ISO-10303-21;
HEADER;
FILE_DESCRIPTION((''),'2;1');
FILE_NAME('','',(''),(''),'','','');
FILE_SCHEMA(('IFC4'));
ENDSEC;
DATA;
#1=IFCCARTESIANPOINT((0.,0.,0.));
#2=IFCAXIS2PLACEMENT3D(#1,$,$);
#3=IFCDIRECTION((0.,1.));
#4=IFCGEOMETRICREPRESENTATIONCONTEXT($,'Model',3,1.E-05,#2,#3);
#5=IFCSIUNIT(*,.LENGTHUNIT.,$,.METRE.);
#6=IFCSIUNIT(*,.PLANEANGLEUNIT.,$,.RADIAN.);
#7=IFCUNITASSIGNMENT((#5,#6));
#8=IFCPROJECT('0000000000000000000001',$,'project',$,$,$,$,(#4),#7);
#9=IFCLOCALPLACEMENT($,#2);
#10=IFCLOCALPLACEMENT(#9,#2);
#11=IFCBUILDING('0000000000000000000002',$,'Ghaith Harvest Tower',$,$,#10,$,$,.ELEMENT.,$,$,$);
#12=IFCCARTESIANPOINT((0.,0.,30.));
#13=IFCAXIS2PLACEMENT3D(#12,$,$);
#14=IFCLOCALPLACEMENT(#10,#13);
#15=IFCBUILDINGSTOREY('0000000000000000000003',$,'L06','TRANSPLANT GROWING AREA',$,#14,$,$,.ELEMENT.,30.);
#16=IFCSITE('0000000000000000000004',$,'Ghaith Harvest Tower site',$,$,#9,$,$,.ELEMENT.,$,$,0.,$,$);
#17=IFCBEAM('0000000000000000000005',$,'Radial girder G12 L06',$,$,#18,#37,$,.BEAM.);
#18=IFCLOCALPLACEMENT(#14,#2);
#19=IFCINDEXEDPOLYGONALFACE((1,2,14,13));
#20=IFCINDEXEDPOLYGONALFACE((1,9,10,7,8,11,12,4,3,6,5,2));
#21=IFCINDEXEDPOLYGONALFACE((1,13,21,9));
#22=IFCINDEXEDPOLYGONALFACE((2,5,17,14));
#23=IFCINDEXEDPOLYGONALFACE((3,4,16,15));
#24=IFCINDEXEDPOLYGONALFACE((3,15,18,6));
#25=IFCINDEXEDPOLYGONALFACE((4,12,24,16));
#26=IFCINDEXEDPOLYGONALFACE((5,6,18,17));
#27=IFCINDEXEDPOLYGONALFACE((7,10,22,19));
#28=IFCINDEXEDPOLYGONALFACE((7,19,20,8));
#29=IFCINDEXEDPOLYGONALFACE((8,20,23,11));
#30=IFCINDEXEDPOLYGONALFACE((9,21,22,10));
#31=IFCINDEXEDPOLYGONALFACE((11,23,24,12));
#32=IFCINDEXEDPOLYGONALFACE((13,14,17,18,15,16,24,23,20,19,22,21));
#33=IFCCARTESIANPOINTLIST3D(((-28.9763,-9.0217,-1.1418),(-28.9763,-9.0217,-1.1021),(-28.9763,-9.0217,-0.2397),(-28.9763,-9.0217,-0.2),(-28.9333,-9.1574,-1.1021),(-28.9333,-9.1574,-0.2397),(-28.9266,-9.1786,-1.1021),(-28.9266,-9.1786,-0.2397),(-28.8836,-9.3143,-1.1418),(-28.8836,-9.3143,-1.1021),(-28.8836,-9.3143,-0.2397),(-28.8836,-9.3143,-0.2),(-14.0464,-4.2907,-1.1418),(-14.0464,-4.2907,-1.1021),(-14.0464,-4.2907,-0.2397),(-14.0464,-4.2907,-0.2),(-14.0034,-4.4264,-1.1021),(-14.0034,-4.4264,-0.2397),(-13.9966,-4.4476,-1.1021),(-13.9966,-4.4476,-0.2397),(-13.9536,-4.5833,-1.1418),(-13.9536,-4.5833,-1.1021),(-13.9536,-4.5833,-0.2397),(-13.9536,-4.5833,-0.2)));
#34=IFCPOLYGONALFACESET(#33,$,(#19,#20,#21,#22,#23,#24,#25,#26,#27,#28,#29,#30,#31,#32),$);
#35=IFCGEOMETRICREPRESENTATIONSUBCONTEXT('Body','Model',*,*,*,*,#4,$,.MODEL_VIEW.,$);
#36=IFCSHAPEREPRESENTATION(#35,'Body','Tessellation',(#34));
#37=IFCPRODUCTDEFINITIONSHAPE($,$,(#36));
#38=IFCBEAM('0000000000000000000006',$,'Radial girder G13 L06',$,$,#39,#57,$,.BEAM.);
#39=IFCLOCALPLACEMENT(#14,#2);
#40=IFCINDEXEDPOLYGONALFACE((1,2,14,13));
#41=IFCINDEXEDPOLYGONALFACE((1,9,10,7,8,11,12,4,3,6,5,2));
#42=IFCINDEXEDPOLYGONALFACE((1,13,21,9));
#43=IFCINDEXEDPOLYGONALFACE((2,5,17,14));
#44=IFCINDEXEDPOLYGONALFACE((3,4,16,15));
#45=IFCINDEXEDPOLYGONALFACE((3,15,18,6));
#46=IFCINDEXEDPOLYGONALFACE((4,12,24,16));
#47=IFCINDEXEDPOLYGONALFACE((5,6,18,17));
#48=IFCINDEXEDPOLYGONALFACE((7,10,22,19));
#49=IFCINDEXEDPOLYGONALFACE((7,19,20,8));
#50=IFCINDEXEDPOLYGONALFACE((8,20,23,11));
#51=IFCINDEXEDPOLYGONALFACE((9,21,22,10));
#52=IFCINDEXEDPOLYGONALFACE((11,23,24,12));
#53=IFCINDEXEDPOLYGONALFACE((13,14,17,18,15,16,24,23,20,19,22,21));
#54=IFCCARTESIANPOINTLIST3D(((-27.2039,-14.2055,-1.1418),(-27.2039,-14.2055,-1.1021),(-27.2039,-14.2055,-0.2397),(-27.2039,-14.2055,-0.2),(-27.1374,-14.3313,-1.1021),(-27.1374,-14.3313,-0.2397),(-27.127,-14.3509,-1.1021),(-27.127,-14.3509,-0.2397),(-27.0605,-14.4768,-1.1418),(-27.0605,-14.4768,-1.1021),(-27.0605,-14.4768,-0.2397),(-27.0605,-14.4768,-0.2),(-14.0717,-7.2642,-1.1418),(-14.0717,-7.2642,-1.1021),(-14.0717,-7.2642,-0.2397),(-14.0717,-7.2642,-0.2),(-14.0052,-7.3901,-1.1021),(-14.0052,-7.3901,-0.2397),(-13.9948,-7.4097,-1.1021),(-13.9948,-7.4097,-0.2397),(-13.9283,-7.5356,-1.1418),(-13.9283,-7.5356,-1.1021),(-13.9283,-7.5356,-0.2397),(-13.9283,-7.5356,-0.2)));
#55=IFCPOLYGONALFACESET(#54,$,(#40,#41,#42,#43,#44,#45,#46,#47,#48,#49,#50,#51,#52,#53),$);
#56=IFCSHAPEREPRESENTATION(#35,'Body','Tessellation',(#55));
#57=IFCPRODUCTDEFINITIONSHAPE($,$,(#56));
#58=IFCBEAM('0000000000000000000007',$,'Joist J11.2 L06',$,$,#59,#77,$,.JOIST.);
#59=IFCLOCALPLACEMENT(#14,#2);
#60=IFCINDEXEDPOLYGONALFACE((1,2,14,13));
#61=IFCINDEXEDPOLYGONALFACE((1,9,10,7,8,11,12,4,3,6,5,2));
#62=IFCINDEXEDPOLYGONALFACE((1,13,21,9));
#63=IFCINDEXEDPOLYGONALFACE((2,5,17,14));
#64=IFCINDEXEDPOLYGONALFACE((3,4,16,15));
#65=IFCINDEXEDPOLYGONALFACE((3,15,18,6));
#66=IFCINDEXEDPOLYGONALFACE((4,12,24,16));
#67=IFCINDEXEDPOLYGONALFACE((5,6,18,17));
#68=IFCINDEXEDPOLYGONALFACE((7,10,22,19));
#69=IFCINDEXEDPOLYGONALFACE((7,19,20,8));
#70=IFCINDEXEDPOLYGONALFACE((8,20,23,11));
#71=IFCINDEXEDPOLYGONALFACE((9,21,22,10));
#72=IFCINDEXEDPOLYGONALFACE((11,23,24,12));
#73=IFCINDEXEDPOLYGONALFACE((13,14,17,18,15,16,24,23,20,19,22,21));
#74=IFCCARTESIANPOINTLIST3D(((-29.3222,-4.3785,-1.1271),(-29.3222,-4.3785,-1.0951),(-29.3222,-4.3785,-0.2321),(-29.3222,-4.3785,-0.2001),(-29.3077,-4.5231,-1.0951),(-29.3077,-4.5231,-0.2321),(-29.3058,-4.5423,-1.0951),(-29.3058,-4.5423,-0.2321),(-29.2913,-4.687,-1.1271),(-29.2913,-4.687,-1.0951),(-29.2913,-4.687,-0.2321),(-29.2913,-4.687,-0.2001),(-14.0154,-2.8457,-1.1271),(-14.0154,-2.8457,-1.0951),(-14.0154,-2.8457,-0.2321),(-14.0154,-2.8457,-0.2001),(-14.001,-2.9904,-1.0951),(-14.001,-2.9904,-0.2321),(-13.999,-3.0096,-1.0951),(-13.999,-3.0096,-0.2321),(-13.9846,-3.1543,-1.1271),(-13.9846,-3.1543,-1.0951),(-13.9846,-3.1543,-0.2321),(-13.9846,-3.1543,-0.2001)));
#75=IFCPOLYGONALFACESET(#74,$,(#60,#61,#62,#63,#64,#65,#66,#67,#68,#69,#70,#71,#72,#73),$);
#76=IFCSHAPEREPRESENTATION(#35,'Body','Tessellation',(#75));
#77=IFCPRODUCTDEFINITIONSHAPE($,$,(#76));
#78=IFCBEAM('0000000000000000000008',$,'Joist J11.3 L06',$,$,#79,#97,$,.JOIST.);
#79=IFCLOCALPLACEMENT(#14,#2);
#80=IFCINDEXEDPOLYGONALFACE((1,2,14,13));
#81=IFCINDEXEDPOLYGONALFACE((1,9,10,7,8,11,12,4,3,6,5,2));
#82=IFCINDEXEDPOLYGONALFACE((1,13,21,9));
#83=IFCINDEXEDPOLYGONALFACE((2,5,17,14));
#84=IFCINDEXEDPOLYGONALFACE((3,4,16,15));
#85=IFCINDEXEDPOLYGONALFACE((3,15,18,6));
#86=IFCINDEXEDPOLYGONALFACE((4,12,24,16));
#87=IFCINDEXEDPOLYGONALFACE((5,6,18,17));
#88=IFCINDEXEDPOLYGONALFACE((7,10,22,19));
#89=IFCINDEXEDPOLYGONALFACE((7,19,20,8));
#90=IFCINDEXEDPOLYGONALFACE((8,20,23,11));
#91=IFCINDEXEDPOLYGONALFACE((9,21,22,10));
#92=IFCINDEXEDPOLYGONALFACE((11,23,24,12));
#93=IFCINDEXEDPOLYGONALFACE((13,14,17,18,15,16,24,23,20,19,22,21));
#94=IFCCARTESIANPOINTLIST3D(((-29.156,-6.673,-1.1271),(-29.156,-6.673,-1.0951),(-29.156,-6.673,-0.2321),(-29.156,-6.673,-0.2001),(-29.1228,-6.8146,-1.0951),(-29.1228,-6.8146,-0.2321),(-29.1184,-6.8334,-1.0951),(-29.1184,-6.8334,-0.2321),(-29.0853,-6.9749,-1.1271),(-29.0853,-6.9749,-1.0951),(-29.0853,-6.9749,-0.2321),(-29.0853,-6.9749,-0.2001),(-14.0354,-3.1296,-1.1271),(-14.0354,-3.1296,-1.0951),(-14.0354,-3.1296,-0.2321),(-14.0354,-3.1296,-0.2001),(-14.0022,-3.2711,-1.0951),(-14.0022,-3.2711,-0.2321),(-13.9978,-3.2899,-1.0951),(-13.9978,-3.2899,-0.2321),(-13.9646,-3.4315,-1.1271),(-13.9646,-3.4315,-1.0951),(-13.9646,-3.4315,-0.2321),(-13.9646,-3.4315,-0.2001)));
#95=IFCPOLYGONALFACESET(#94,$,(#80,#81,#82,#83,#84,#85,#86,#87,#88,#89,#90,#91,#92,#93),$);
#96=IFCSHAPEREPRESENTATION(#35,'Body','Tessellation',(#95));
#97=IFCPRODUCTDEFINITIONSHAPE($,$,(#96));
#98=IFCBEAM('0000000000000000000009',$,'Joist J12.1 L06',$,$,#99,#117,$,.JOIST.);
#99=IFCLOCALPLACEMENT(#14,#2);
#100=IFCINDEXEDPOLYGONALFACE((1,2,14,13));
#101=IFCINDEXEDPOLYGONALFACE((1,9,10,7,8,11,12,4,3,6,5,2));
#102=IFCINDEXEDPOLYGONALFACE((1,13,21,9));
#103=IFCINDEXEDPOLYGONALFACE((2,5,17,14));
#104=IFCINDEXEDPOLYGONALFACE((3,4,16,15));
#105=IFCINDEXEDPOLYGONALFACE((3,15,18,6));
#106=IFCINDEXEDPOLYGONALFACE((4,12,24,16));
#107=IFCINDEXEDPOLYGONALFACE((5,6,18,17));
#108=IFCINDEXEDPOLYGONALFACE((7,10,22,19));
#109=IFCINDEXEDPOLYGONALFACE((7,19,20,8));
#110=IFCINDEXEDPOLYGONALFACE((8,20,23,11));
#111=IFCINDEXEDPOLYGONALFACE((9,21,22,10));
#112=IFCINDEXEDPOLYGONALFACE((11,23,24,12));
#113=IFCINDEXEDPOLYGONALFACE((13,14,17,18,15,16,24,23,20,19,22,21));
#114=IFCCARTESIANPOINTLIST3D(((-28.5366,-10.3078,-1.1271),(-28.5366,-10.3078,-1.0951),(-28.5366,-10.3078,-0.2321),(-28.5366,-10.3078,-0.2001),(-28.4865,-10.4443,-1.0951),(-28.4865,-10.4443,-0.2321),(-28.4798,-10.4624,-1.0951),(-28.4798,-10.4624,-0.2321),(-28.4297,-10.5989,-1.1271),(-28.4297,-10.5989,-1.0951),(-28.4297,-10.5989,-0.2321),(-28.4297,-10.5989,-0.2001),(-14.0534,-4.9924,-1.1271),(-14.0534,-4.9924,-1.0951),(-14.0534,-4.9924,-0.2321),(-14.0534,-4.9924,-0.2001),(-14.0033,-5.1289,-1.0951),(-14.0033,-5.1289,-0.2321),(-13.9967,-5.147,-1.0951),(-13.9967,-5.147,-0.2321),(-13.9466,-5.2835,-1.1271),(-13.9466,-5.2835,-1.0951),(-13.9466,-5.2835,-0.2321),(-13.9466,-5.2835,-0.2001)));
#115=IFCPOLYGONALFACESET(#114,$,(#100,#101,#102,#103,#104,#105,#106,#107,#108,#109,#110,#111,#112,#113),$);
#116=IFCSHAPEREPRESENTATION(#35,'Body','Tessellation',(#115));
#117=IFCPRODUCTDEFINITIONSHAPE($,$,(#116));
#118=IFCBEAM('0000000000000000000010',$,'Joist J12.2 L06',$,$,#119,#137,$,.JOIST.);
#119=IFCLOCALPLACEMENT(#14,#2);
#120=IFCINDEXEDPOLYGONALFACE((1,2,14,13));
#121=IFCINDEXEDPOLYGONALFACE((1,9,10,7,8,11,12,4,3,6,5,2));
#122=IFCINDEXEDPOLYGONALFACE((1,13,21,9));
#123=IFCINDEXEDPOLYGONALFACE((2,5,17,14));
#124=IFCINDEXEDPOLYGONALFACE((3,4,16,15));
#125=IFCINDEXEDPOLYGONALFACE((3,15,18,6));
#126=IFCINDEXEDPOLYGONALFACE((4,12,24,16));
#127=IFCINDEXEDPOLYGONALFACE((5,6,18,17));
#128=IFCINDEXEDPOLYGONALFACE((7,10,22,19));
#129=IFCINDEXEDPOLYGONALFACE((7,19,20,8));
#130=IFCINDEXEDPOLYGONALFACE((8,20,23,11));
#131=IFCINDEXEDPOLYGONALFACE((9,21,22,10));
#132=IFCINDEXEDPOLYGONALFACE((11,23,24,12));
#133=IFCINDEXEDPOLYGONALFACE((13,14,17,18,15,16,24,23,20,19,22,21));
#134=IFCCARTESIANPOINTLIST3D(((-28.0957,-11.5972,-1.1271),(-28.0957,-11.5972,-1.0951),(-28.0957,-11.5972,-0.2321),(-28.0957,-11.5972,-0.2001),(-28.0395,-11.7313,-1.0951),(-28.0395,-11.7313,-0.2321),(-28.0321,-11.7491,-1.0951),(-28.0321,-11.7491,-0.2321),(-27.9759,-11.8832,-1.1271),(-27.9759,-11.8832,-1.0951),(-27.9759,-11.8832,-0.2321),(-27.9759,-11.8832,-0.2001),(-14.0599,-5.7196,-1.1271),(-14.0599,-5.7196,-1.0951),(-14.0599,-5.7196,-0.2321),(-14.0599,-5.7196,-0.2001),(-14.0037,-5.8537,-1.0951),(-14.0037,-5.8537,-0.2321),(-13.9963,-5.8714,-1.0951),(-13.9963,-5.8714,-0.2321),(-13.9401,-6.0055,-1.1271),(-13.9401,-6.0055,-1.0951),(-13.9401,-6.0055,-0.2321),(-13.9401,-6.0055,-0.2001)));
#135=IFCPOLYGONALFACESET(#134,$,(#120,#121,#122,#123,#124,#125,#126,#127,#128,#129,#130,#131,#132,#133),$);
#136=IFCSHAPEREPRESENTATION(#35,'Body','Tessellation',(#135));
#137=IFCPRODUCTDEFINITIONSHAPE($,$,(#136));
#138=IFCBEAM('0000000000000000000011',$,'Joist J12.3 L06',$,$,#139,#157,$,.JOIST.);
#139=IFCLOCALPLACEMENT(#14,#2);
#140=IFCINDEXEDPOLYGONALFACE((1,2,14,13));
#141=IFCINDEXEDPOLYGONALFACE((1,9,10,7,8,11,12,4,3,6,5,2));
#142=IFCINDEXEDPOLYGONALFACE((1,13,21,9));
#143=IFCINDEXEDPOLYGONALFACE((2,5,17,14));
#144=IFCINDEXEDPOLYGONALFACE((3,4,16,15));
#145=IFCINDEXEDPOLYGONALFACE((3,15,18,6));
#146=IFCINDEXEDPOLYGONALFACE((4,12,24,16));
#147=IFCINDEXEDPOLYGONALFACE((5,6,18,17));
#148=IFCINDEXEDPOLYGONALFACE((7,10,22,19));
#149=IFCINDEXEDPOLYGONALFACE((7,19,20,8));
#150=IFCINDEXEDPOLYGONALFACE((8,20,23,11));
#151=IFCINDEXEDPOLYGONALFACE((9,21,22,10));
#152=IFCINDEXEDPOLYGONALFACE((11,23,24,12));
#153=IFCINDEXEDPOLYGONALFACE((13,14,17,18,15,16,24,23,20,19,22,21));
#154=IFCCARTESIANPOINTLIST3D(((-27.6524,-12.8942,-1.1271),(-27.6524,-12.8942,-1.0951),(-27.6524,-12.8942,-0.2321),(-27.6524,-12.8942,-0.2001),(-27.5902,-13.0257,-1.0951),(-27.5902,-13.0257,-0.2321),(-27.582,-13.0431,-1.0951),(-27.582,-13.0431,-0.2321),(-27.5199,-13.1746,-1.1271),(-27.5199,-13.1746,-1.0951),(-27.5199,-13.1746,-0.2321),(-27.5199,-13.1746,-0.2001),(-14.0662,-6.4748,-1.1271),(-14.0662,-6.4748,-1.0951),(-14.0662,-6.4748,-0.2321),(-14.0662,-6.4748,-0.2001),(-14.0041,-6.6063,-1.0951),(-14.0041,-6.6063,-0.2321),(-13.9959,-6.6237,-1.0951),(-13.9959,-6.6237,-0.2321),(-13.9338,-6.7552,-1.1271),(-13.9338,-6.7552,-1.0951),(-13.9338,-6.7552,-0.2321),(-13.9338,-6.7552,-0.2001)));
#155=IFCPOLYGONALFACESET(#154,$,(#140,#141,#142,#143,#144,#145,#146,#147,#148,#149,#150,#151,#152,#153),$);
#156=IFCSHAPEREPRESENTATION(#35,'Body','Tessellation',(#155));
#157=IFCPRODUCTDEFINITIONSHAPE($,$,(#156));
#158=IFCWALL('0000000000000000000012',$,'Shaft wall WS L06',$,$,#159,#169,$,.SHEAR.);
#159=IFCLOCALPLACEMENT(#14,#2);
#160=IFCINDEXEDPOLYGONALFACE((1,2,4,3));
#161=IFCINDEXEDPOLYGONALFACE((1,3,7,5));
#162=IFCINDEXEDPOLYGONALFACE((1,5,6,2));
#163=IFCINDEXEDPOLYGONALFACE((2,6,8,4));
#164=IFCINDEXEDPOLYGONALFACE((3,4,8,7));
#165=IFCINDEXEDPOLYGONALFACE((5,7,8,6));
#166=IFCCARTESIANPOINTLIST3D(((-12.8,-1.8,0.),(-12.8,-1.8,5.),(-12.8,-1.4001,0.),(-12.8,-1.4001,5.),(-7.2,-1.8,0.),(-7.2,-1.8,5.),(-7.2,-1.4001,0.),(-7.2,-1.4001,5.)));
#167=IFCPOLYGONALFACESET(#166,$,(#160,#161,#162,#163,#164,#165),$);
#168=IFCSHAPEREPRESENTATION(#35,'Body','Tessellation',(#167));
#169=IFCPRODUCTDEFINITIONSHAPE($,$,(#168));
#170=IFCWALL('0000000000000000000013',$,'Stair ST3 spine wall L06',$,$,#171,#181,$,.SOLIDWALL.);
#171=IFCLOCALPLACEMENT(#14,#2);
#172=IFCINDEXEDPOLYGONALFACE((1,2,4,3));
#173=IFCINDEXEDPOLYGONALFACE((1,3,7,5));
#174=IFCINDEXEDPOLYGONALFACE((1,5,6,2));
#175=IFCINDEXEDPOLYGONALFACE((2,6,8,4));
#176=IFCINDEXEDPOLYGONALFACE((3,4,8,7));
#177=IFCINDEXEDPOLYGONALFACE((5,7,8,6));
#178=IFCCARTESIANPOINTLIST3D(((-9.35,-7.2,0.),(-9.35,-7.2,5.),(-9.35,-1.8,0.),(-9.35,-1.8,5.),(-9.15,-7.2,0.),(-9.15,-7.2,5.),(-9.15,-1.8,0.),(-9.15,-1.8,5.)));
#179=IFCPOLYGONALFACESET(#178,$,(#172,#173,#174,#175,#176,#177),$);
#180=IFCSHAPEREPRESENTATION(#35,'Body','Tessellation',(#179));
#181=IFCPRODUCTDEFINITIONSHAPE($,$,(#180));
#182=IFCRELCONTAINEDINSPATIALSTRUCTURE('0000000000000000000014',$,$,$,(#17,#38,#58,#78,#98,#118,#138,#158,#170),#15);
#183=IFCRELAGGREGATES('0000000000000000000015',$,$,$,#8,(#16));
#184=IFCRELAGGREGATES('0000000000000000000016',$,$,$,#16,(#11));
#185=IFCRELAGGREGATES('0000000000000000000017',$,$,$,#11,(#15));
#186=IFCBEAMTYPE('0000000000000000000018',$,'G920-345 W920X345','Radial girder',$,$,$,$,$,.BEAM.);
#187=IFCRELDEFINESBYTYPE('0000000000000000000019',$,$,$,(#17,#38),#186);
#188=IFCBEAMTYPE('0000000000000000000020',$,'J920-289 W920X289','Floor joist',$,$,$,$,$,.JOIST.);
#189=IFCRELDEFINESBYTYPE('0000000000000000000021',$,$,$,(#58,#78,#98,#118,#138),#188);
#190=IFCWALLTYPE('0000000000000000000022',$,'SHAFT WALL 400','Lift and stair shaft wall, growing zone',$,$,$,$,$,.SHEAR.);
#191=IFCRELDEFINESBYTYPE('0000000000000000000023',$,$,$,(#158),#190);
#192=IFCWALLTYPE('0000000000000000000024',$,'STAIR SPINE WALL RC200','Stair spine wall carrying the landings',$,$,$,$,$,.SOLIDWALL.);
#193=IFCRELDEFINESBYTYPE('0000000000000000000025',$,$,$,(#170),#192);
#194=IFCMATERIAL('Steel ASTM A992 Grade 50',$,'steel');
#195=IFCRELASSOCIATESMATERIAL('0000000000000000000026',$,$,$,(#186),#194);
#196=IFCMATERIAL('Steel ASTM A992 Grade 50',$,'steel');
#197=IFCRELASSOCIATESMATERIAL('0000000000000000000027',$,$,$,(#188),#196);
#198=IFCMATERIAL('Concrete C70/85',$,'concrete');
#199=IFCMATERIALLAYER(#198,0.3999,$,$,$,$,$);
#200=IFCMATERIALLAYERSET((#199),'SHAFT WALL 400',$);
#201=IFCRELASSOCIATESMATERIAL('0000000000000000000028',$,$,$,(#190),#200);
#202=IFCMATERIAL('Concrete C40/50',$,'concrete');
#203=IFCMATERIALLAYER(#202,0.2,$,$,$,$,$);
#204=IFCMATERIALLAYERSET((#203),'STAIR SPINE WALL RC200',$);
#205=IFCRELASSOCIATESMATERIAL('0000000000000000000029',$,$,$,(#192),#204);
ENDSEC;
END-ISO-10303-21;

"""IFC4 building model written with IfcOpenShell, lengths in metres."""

from ifc_helpers import new_model, si_unit, direction, frame, frame_2d, origin, origin_2d, place, context, subcontext, project, spatial, rectangle, i_section, extrude, material, layer, layer_set, material_profile, profile_set, type_object, element, save


model = new_model("IFC4")

# Units and contexts
model_context = context("Model", 3, precision=1e-05, world=origin(), true_north=direction((0.0, 1.0)))
body_context = subcontext(model_context, "Body", "Model", "MODEL_VIEW")
ifc_project = project(units=[si_unit("LENGTHUNIT", "METRE"), si_unit("PLANEANGLEUNIT", "RADIAN")], contexts=[model_context])

# Site, building, storey
site_placement = place(None, origin())
site = spatial("IfcSite", under=ifc_project, at=site_placement, Name="Ghaith Harvest Tower site", CompositionType="ELEMENT", RefElevation=0.0)
building_placement = place(site_placement, origin())
building = spatial("IfcBuilding", under=site, at=building_placement, Name="Ghaith Harvest Tower", CompositionType="ELEMENT")
storey_placement = place(building_placement, frame((0.0, 0.0, 30.0)))
storey = spatial("IfcBuildingStorey", under=building, at=storey_placement, Name="L06", Description="TRANSPLANT GROWING AREA", CompositionType="ELEMENT", Elevation=30.0)

# Beams
ifc_material_1 = material(Name="Steel ASTM A992 Grade 50", Category="steel")
ifc_material_profile_1 = material_profile(ifc_material_1, i_section(OverallWidth=0.3069, OverallDepth=0.9419, WebThickness=0.0222, FlangeThickness=0.0398, at=origin_2d()), Name="W920X345")
ifc_profile_set_1 = profile_set([ifc_material_profile_1], Name="Steel ASTM A992 Grade 50")
beam_type_1 = type_object("IfcBeamType", Name="G920-345 W920X345", Description="Radial girder", PredefinedType="BEAM", material=ifc_profile_set_1)
beam_1_placement = place(storey_placement, frame((-14.0, -4.437, -0.6709), z_axis=(-0.953284, -0.302074, 0.0), x_axis=(0.302074, -0.953284, 0.0)))
element("IfcBeam", 1, at=beam_1_placement, inside=storey, type_object=beam_type_1, Name="Radial girder G12 L06", PredefinedType="BEAM", context=body_context, shape_type="SweptSolid", body=[
    extrude(i_section(OverallWidth=0.3069, OverallDepth=0.9419, WebThickness=0.0222, FlangeThickness=0.0398, at=origin_2d()), origin(), (0.0, 0.0, 1.0), 15.6616),
])
beam_2_placement = place(storey_placement, frame((-14.0, -7.3999, -0.6709), z_axis=(-0.884097, -0.467303, 0.0), x_axis=(0.467303, -0.884097, 0.0)))
element("IfcBeam", 2, at=beam_2_placement, inside=storey, type_object=beam_type_1, Name="Radial girder G13 L06", PredefinedType="BEAM", context=body_context, shape_type="SweptSolid", body=[
    extrude(i_section(OverallWidth=0.3069, OverallDepth=0.9419, WebThickness=0.0222, FlangeThickness=0.0398, at=origin_2d()), origin(), (0.0, 0.0, 1.0), 14.8538),
])
ifc_material_2 = material(Name="Steel ASTM A992 Grade 50", Category="steel")
ifc_material_profile_2 = material_profile(ifc_material_2, i_section(OverallWidth=0.3101, OverallDepth=0.927, WebThickness=0.0193, FlangeThickness=0.032, at=origin_2d()), Name="W920X289")
ifc_profile_set_2 = profile_set([ifc_material_profile_2], Name="Steel ASTM A992 Grade 50")
beam_type_2 = type_object("IfcBeamType", Name="J920-289 W920X289", Description="Floor joist", PredefinedType="JOIST", material=ifc_profile_set_2)
beam_3_placement = place(storey_placement, frame((-14.0, -3.0, -0.6636), z_axis=(-0.995024, -0.099636, 0.0), x_axis=(0.099636, -0.995024, 0.0)))
element("IfcBeam", 3, at=beam_3_placement, inside=storey, type_object=beam_type_2, Name="Joist J11.2 L06", PredefinedType="JOIST", context=body_context, shape_type="SweptSolid", body=[
    extrude(i_section(OverallWidth=0.3101, OverallDepth=0.927, WebThickness=0.0193, FlangeThickness=0.032, at=origin_2d()), origin(), (0.0, 0.0, 1.0), 15.3833),
])
beam_4_placement = place(storey_placement, frame((-14.0, -3.2805, -0.6636), z_axis=(-0.973623, -0.228165, 0.0), x_axis=(0.228165, -0.973623, 0.0)))
element("IfcBeam", 4, at=beam_4_placement, inside=storey, type_object=beam_type_2, Name="Joist J11.3 L06", PredefinedType="JOIST", context=body_context, shape_type="SweptSolid", body=[
    extrude(i_section(OverallWidth=0.3101, OverallDepth=0.927, WebThickness=0.0193, FlangeThickness=0.032, at=origin_2d()), origin(), (0.0, 0.0, 1.0), 15.5303),
])
beam_5_placement = place(storey_placement, frame((-14.0, -5.1379, -0.6636), z_axis=(-0.938773, -0.344537, 0.0), x_axis=(0.344537, -0.938773, 0.0)))
element("IfcBeam", 5, at=beam_5_placement, inside=storey, type_object=beam_type_2, Name="Joist J12.1 L06", PredefinedType="JOIST", context=body_context, shape_type="SweptSolid", body=[
    extrude(i_section(OverallWidth=0.3101, OverallDepth=0.927, WebThickness=0.0193, FlangeThickness=0.032, at=origin_2d()), origin(), (0.0, 0.0, 1.0), 15.4277),
])
beam_6_placement = place(storey_placement, frame((-14.0, -5.8625, -0.6636), z_axis=(-0.92239, -0.386261, 0.0), x_axis=(0.386261, -0.92239, 0.0)))
element("IfcBeam", 6, at=beam_6_placement, inside=storey, type_object=beam_type_2, Name="Joist J12.2 L06", PredefinedType="JOIST", context=body_context, shape_type="SweptSolid", body=[
    extrude(i_section(OverallWidth=0.3101, OverallDepth=0.927, WebThickness=0.0193, FlangeThickness=0.032, at=origin_2d()), origin(), (0.0, 0.0, 1.0), 15.2168),
])
beam_7_placement = place(storey_placement, frame((-14.0, -6.615, -0.6636), z_axis=(-0.904153, -0.42721, 0.0), x_axis=(0.42721, -0.904153, 0.0)))
element("IfcBeam", 7, at=beam_7_placement, inside=storey, type_object=beam_type_2, Name="Joist J12.3 L06", PredefinedType="JOIST", context=body_context, shape_type="SweptSolid", body=[
    extrude(i_section(OverallWidth=0.3101, OverallDepth=0.927, WebThickness=0.0193, FlangeThickness=0.032, at=origin_2d()), origin(), (0.0, 0.0, 1.0), 15.0264),
])

# Walls
ifc_material_3 = material(Name="Concrete C70/85", Category="concrete")
ifc_layer_1 = layer(ifc_material_3, 0.3999)
ifc_layer_set_1 = layer_set([ifc_layer_1], Name="SHAFT WALL 400")
wall_type_1 = type_object("IfcWallType", Name="SHAFT WALL 400", Description="Lift and stair shaft wall, growing zone", PredefinedType="SHEAR", material=ifc_layer_set_1)
wall_1_placement = place(storey_placement, frame((-12.8, -1.6001, 0.0), z_axis=(0.0, 0.0, 1.0), x_axis=(1.0, 0.0, 0.0)))
element("IfcWall", 8, at=wall_1_placement, inside=storey, type_object=wall_type_1, Name="Shaft wall WS L06", PredefinedType="SHEAR", context=body_context, shape_type="SweptSolid", body=[
    extrude(rectangle(XDim=5.6001, YDim=0.3999, at=frame_2d((2.8, 0.0))), origin(), (0.0, 0.0, 1.0), 5.0),
])
ifc_material_4 = material(Name="Concrete C40/50", Category="concrete")
ifc_layer_2 = layer(ifc_material_4, 0.2)
ifc_layer_set_2 = layer_set([ifc_layer_2], Name="STAIR SPINE WALL RC200")
wall_type_2 = type_object("IfcWallType", Name="STAIR SPINE WALL RC200", Description="Stair spine wall carrying the landings", PredefinedType="SOLIDWALL", material=ifc_layer_set_2)
wall_2_placement = place(storey_placement, frame((-9.25, -7.2, 0.0), z_axis=(0.0, 0.0, 1.0), x_axis=(0.0, 1.0, 0.0)))
element("IfcWall", 9, at=wall_2_placement, inside=storey, type_object=wall_type_2, Name="Stair ST3 spine wall L06", PredefinedType="SOLIDWALL", context=body_context, shape_type="SweptSolid", body=[
    extrude(rectangle(XDim=5.3999, YDim=0.2, at=frame_2d((2.7, 0.0))), origin(), (0.0, 0.0, 1.0), 5.0),
])

save(model, "model.ifc")
